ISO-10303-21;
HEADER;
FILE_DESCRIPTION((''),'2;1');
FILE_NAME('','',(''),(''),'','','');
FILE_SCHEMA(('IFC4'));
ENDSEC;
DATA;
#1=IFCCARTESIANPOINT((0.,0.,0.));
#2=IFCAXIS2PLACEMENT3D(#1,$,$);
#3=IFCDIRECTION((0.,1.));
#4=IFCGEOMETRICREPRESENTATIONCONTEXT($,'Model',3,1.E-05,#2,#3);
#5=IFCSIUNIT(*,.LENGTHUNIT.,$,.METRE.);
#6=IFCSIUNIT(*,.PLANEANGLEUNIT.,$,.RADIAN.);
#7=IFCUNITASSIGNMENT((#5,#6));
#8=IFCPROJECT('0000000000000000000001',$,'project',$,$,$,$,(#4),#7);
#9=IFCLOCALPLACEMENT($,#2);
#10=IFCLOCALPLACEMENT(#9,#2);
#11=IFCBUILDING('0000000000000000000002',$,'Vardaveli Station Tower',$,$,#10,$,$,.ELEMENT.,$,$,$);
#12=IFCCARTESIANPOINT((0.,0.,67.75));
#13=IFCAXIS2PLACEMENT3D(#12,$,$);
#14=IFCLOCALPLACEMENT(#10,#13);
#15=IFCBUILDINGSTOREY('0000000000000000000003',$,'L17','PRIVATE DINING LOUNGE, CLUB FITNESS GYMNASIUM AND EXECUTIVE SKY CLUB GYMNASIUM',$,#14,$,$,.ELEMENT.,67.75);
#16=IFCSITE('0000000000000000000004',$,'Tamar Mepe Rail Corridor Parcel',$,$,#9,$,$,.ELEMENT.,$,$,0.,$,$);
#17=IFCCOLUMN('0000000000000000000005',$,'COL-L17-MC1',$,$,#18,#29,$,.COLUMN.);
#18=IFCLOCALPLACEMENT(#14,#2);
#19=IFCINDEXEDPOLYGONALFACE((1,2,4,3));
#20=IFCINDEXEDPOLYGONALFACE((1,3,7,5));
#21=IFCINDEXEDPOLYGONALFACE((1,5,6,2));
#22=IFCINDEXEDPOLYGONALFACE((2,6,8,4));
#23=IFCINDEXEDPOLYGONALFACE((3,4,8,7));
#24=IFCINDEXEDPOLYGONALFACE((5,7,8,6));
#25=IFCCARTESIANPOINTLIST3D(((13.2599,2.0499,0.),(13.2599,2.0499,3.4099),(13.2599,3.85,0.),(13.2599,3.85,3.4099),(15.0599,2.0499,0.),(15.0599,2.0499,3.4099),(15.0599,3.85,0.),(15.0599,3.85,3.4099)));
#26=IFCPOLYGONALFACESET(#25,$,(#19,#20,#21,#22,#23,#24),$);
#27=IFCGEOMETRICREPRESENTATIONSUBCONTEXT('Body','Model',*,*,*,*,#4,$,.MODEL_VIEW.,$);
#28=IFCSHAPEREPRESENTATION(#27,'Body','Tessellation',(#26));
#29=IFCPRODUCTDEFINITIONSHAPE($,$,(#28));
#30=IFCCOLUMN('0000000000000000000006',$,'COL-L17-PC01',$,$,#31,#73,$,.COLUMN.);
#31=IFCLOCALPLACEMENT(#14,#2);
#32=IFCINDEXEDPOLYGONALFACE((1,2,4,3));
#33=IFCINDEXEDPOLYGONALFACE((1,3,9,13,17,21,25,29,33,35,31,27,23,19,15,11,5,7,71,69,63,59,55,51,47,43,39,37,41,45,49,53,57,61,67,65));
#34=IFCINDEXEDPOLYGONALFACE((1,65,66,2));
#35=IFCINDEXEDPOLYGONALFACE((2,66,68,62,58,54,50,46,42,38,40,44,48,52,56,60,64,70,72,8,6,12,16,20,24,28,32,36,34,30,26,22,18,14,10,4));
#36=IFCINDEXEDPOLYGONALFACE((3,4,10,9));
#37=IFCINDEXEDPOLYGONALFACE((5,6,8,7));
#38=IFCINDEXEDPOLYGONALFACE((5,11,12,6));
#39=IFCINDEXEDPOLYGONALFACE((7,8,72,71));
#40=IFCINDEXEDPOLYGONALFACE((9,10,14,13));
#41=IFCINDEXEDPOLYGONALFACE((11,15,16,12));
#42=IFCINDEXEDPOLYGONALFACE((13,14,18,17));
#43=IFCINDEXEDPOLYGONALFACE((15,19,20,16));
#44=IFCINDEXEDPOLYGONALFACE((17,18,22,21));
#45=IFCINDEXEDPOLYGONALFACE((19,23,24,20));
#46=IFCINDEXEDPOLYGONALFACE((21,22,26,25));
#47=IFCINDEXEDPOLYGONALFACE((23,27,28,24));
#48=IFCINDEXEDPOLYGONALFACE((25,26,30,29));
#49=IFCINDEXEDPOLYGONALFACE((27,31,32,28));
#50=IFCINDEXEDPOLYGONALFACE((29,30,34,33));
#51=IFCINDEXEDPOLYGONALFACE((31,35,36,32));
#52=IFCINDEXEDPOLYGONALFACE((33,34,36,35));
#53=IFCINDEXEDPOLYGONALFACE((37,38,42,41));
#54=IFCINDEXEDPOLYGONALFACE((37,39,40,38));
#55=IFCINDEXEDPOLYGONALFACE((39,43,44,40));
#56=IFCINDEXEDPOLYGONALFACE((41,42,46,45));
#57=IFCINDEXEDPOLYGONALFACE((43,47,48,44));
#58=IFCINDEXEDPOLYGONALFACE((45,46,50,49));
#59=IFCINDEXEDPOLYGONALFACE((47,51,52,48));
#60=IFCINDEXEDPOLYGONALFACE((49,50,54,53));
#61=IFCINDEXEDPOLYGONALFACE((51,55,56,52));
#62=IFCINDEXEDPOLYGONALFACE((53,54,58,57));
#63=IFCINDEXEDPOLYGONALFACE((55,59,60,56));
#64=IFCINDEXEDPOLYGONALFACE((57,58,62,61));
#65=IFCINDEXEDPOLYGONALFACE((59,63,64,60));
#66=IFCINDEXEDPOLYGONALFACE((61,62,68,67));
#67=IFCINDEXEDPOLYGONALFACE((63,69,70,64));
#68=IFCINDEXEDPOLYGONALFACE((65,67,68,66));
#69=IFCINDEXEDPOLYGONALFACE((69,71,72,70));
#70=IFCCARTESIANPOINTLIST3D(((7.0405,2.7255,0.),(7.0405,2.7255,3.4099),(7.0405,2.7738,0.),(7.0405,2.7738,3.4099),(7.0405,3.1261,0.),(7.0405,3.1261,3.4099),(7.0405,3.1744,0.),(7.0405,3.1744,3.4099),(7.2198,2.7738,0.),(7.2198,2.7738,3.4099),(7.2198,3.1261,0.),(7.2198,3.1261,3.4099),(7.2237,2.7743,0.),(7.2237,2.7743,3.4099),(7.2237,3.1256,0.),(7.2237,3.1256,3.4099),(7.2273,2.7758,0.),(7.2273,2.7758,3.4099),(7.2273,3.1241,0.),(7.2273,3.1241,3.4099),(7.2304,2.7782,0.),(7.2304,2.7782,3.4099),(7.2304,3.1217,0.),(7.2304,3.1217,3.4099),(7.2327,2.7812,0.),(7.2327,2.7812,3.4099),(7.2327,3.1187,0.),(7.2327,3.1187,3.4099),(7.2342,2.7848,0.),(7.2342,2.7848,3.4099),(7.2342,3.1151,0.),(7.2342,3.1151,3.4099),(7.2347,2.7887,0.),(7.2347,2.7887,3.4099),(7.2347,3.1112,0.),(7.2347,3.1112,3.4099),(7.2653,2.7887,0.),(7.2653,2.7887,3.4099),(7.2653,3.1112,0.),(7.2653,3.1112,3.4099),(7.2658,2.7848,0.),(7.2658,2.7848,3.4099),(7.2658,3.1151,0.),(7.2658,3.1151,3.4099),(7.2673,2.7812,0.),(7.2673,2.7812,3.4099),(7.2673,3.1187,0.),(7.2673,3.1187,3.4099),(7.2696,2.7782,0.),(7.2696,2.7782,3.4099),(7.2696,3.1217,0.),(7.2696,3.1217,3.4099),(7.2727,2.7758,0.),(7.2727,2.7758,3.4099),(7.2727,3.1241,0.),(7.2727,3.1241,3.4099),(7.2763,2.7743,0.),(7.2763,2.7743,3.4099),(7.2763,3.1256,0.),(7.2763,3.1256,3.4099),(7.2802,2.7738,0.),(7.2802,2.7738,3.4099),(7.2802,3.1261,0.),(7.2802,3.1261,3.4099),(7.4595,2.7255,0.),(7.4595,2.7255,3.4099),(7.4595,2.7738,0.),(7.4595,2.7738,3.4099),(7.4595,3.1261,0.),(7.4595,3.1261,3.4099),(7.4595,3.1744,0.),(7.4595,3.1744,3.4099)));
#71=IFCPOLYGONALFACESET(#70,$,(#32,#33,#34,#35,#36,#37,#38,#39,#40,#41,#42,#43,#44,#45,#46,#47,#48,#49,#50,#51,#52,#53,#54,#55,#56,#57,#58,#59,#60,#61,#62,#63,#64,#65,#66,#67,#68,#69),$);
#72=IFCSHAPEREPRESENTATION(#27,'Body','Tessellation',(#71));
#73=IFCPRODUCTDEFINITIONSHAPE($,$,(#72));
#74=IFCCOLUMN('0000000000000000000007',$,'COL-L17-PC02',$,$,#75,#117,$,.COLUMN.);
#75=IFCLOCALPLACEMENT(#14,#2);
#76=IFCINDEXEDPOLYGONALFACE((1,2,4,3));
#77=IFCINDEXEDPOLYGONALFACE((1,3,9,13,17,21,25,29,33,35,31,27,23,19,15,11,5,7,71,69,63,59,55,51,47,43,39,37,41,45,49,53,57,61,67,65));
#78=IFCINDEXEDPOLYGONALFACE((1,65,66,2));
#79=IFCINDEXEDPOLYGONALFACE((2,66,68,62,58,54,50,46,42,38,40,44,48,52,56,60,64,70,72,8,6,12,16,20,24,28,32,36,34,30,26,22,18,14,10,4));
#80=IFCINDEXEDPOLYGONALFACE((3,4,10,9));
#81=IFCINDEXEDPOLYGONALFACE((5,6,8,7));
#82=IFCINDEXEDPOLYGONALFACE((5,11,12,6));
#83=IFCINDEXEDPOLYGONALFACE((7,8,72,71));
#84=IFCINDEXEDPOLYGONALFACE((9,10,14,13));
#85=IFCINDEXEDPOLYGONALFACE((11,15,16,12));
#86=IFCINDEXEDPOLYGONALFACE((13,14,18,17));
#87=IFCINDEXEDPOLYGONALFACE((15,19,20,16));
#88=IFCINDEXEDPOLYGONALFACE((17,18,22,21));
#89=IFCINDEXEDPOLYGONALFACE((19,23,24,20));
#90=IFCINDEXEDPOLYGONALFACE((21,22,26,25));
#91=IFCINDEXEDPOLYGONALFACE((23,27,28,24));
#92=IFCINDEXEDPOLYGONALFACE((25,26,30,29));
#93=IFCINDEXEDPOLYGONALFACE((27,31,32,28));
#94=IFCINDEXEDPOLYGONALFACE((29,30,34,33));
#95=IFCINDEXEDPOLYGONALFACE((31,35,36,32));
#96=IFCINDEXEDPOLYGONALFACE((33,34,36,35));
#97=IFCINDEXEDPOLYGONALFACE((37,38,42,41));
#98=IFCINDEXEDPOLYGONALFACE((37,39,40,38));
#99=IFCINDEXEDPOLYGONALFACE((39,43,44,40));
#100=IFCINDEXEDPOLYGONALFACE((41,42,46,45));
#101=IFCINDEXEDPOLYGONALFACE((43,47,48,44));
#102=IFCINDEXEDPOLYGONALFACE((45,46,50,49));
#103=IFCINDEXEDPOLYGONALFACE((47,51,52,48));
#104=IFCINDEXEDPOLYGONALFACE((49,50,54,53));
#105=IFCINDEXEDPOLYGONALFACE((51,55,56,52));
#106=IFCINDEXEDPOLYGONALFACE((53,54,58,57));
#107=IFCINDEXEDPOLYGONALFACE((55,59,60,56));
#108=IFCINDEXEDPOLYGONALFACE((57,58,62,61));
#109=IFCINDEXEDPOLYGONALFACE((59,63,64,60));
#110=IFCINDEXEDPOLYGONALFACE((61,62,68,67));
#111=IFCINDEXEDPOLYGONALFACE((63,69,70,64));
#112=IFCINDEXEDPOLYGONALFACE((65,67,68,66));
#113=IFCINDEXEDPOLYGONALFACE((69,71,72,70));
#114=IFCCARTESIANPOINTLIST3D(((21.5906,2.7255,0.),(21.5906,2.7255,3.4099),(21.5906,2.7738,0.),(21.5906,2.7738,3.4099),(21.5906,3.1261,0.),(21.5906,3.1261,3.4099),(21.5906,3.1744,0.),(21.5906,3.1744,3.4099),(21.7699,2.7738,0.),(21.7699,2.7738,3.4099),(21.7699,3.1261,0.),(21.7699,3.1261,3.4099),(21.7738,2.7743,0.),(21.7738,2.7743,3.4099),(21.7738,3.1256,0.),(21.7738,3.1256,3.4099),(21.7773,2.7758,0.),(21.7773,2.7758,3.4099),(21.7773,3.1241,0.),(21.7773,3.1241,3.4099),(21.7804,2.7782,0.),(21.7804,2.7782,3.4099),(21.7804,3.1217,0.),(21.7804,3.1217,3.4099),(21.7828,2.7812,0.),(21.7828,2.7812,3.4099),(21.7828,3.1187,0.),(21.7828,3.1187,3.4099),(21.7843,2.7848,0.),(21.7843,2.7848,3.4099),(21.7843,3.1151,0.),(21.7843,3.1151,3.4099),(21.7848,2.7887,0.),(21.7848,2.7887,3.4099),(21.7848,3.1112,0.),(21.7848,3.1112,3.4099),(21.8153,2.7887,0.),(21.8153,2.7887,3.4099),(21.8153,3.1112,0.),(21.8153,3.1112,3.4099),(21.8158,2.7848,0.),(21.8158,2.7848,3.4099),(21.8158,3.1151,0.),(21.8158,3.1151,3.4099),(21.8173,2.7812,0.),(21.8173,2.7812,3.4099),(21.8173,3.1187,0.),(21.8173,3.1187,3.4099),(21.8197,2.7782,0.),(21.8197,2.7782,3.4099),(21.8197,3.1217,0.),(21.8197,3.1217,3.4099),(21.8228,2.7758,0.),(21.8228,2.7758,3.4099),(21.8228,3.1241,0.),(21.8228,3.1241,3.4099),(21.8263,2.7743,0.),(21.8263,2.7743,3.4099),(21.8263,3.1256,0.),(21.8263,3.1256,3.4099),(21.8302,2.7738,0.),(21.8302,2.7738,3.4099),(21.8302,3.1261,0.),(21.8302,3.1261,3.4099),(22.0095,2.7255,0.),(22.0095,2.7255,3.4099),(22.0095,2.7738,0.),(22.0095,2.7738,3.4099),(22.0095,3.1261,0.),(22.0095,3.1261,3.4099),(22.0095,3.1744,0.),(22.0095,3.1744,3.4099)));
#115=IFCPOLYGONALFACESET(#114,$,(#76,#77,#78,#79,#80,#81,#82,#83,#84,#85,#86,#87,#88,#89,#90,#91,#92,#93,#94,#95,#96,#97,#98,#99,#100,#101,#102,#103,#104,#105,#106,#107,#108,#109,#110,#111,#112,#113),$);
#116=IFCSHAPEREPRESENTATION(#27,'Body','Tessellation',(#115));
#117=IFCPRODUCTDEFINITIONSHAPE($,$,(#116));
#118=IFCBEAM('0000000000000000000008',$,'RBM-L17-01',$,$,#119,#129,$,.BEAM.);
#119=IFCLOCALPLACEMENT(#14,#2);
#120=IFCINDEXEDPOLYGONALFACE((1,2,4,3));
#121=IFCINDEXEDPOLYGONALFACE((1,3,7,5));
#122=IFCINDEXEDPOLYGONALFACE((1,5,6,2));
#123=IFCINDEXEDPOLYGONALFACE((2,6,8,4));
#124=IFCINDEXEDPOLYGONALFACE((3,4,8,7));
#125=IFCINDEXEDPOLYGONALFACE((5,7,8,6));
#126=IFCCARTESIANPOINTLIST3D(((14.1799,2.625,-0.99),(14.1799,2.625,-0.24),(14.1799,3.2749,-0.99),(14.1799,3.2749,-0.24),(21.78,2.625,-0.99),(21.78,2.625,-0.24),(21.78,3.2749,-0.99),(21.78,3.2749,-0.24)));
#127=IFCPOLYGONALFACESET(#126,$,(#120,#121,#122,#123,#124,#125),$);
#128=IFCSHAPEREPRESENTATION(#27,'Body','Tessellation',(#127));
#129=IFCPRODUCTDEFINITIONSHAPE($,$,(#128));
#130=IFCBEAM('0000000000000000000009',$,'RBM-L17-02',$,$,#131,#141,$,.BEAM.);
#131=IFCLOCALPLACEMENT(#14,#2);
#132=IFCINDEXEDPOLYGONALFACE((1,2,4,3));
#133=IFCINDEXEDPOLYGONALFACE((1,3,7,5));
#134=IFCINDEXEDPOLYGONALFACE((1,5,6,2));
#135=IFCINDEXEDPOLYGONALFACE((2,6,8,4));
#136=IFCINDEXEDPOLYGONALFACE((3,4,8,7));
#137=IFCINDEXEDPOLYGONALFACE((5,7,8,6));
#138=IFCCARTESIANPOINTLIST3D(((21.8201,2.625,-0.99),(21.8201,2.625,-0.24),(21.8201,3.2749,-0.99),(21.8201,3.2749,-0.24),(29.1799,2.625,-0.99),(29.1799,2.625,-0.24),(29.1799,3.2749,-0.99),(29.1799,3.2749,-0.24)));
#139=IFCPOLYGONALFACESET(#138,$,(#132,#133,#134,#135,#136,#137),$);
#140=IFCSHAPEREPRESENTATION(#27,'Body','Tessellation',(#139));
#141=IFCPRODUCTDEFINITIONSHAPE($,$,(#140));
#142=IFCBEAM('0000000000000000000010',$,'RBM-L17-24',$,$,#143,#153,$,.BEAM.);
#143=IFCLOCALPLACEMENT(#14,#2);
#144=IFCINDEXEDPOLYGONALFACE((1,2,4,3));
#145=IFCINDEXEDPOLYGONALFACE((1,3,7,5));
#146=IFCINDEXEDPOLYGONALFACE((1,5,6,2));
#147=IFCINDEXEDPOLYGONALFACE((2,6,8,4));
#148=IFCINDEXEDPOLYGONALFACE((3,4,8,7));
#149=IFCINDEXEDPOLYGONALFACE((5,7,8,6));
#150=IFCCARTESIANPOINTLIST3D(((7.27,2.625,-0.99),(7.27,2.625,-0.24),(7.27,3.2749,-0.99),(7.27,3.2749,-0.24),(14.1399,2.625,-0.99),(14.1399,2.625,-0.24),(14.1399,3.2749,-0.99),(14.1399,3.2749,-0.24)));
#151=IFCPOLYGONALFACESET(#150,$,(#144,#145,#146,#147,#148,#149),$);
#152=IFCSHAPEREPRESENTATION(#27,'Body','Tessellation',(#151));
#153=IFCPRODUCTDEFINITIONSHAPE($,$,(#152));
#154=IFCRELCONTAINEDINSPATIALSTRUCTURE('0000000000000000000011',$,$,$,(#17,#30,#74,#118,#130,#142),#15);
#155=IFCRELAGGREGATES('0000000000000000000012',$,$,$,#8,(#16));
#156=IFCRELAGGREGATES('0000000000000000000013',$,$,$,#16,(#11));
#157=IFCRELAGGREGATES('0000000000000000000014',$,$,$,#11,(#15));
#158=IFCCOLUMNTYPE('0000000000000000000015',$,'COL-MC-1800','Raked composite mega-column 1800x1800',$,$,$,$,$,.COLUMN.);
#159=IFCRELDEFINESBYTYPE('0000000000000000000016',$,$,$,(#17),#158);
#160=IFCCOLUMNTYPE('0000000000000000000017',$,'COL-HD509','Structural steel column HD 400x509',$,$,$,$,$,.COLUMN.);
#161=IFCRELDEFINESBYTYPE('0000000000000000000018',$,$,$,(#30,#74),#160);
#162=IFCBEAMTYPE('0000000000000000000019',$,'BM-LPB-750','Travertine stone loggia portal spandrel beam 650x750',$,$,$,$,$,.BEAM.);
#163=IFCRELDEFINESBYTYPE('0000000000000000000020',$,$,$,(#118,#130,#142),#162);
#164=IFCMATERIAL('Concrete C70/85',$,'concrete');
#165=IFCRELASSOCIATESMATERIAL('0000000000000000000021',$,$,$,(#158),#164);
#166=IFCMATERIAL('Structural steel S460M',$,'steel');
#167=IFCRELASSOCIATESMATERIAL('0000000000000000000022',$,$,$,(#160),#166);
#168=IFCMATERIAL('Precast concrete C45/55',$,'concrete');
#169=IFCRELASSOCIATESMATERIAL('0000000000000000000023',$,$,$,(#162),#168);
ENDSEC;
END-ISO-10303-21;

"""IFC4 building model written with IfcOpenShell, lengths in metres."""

from ifc_helpers import new_model, si_unit, direction, frame, origin, origin_2d, place, context, subcontext, project, spatial, rectangle, i_section, extrude, source, transform, mapped, material, material_profile, profile_set, type_object, element, save


model = new_model("IFC4")

# Units and contexts
model_context = context("Model", 3, precision=1e-05, world=origin(), true_north=direction((0.0, 1.0)))
body_context = subcontext(model_context, "Body", "Model", "MODEL_VIEW")
ifc_project = project(units=[si_unit("LENGTHUNIT", "METRE"), si_unit("PLANEANGLEUNIT", "RADIAN")], contexts=[model_context])

# Site, building, storey
site_placement = place(None, origin())
site = spatial("IfcSite", under=ifc_project, at=site_placement, Name="Tamar Mepe Rail Corridor Parcel", CompositionType="ELEMENT", RefElevation=0.0)
building_placement = place(site_placement, origin())
building = spatial("IfcBuilding", under=site, at=building_placement, Name="Vardaveli Station Tower", CompositionType="ELEMENT")
storey_placement = place(building_placement, frame((0.0, 0.0, 67.75)))
storey = spatial("IfcBuildingStorey", under=building, at=storey_placement, Name="L17", Description="PRIVATE DINING LOUNGE, CLUB FITNESS GYMNASIUM AND EXECUTIVE SKY CLUB GYMNASIUM", CompositionType="ELEMENT", Elevation=67.75)

# Columns
ifc_material_1 = material(Name="Concrete C70/85", Category="concrete")
ifc_material_profile_1 = material_profile(ifc_material_1, rectangle(XDim=1.8, YDim=1.8, at=origin_2d()), Name="MC 1800x1800")
ifc_profile_set_1 = profile_set([ifc_material_profile_1], Name="Concrete C70/85")
column_type_1 = type_object("IfcColumnType", Name="COL-MC-1800", Description="Raked composite mega-column 1800x1800", PredefinedType="COLUMN", material=ifc_profile_set_1)
shared_shape_1 = source(origin(), body_context, "Body", "SweptSolid", [
    extrude(rectangle(XDim=1.8, YDim=1.8, at=origin_2d()), origin(), (0.0, 0.0, 1.0), 3.4099),
])
column_placement = place(storey_placement, frame((14.1599, 2.95, 0.0), z_axis=(0.0, 0.0, 1.0), x_axis=(1.0, 0.0, 0.0)))
element("IfcColumn", 1, at=column_placement, inside=storey, type_object=column_type_1, Name="COL-L17-MC1", PredefinedType="COLUMN", context=body_context, shape_type="MappedRepresentation", body=[
    mapped(shared_shape_1, transform((0.0, 0.0, 0.0), scale=1.0)),
])
ifc_material_2 = material(Name="Structural steel S460M", Category="steel")
ifc_material_profile_2 = material_profile(ifc_material_2, i_section(OverallWidth=0.4189, OverallDepth=0.449, WebThickness=0.0305, FlangeThickness=0.0483, FilletRadius=0.0149, at=origin_2d()), Name="HD 400x509")
ifc_profile_set_2 = profile_set([ifc_material_profile_2], Name="Structural steel S460M")
column_type_2 = type_object("IfcColumnType", Name="COL-HD509", Description="Structural steel column HD 400x509", PredefinedType="COLUMN", material=ifc_profile_set_2)
shared_shape_2 = source(origin(), body_context, "Body", "SweptSolid", [
    extrude(i_section(OverallWidth=0.4189, OverallDepth=0.449, WebThickness=0.0305, FlangeThickness=0.0483, FilletRadius=0.0149, at=origin_2d()), origin(), (0.0, 0.0, 1.0), 3.4099),
])
for number, where, z_axis, x_axis, name in (
    (2, (7.25, 2.95, 0.0), (0.0, 0.0, 1.0), (1.0, 0.0, 0.0), "COL-L17-PC01"),
    (3, (21.8, 2.95, 0.0), (0.0, 0.0, 1.0), (1.0, 0.0, 0.0), "COL-L17-PC02"),
):
    element("IfcColumn", number, at=place(storey_placement, frame(where, z_axis=z_axis, x_axis=x_axis)), inside=storey, type_object=column_type_2, Name=name, PredefinedType="COLUMN", context=body_context, shape_type="MappedRepresentation", body=[
        mapped(shared_shape_2, transform((0.0, 0.0, 0.0), scale=1.0)),
    ])

# Beams
ifc_material_3 = material(Name="Precast concrete C45/55", Category="concrete")
ifc_material_profile_3 = material_profile(ifc_material_3, rectangle(XDim=0.6499, YDim=0.75, at=origin_2d()), Name="LPB 650x750")
ifc_profile_set_3 = profile_set([ifc_material_profile_3], Name="Precast concrete C45/55")
beam_type_1 = type_object("IfcBeamType", Name="BM-LPB-750", Description="Travertine stone loggia portal spandrel beam 650x750", PredefinedType="BEAM", material=ifc_profile_set_3)
shared_shape_3 = source(origin(), body_context, "Body", "SweptSolid", [
    extrude(rectangle(XDim=0.6499, YDim=0.75, at=origin_2d()), origin(), (0.0, 0.0, 1.0), 7.6001),
])
beam_1_placement = place(storey_placement, frame((14.1799, 2.95, -0.615), z_axis=(1.0, 0.0, 0.0), x_axis=(0.0, 1.0, 0.0)))
element("IfcBeam", 4, at=beam_1_placement, inside=storey, type_object=beam_type_1, Name="RBM-L17-01", PredefinedType="BEAM", context=body_context, shape_type="MappedRepresentation", body=[
    mapped(shared_shape_3, transform((0.0, 0.0, 0.0), scale=1.0)),
])
shared_shape_4 = source(origin(), body_context, "Body", "SweptSolid", [
    extrude(rectangle(XDim=0.6499, YDim=0.75, at=origin_2d()), origin(), (0.0, 0.0, 1.0), 7.3599),
])
beam_2_placement = place(storey_placement, frame((21.8201, 2.95, -0.615), z_axis=(1.0, 0.0, 0.0), x_axis=(0.0, 1.0, 0.0)))
element("IfcBeam", 5, at=beam_2_placement, inside=storey, type_object=beam_type_1, Name="RBM-L17-02", PredefinedType="BEAM", context=body_context, shape_type="MappedRepresentation", body=[
    mapped(shared_shape_4, transform((0.0, 0.0, 0.0), scale=1.0)),
])
shared_shape_5 = source(origin(), body_context, "Body", "SweptSolid", [
    extrude(rectangle(XDim=0.6499, YDim=0.75, at=origin_2d()), origin(), (0.0, 0.0, 1.0), 6.8699),
])
beam_3_placement = place(storey_placement, frame((7.27, 2.95, -0.615), z_axis=(1.0, 0.0, 0.0), x_axis=(0.0, 1.0, 0.0)))
element("IfcBeam", 6, at=beam_3_placement, inside=storey, type_object=beam_type_1, Name="RBM-L17-24", PredefinedType="BEAM", context=body_context, shape_type="MappedRepresentation", body=[
    mapped(shared_shape_5, transform((0.0, 0.0, 0.0), scale=1.0)),
])

save(model, "model.ifc")
